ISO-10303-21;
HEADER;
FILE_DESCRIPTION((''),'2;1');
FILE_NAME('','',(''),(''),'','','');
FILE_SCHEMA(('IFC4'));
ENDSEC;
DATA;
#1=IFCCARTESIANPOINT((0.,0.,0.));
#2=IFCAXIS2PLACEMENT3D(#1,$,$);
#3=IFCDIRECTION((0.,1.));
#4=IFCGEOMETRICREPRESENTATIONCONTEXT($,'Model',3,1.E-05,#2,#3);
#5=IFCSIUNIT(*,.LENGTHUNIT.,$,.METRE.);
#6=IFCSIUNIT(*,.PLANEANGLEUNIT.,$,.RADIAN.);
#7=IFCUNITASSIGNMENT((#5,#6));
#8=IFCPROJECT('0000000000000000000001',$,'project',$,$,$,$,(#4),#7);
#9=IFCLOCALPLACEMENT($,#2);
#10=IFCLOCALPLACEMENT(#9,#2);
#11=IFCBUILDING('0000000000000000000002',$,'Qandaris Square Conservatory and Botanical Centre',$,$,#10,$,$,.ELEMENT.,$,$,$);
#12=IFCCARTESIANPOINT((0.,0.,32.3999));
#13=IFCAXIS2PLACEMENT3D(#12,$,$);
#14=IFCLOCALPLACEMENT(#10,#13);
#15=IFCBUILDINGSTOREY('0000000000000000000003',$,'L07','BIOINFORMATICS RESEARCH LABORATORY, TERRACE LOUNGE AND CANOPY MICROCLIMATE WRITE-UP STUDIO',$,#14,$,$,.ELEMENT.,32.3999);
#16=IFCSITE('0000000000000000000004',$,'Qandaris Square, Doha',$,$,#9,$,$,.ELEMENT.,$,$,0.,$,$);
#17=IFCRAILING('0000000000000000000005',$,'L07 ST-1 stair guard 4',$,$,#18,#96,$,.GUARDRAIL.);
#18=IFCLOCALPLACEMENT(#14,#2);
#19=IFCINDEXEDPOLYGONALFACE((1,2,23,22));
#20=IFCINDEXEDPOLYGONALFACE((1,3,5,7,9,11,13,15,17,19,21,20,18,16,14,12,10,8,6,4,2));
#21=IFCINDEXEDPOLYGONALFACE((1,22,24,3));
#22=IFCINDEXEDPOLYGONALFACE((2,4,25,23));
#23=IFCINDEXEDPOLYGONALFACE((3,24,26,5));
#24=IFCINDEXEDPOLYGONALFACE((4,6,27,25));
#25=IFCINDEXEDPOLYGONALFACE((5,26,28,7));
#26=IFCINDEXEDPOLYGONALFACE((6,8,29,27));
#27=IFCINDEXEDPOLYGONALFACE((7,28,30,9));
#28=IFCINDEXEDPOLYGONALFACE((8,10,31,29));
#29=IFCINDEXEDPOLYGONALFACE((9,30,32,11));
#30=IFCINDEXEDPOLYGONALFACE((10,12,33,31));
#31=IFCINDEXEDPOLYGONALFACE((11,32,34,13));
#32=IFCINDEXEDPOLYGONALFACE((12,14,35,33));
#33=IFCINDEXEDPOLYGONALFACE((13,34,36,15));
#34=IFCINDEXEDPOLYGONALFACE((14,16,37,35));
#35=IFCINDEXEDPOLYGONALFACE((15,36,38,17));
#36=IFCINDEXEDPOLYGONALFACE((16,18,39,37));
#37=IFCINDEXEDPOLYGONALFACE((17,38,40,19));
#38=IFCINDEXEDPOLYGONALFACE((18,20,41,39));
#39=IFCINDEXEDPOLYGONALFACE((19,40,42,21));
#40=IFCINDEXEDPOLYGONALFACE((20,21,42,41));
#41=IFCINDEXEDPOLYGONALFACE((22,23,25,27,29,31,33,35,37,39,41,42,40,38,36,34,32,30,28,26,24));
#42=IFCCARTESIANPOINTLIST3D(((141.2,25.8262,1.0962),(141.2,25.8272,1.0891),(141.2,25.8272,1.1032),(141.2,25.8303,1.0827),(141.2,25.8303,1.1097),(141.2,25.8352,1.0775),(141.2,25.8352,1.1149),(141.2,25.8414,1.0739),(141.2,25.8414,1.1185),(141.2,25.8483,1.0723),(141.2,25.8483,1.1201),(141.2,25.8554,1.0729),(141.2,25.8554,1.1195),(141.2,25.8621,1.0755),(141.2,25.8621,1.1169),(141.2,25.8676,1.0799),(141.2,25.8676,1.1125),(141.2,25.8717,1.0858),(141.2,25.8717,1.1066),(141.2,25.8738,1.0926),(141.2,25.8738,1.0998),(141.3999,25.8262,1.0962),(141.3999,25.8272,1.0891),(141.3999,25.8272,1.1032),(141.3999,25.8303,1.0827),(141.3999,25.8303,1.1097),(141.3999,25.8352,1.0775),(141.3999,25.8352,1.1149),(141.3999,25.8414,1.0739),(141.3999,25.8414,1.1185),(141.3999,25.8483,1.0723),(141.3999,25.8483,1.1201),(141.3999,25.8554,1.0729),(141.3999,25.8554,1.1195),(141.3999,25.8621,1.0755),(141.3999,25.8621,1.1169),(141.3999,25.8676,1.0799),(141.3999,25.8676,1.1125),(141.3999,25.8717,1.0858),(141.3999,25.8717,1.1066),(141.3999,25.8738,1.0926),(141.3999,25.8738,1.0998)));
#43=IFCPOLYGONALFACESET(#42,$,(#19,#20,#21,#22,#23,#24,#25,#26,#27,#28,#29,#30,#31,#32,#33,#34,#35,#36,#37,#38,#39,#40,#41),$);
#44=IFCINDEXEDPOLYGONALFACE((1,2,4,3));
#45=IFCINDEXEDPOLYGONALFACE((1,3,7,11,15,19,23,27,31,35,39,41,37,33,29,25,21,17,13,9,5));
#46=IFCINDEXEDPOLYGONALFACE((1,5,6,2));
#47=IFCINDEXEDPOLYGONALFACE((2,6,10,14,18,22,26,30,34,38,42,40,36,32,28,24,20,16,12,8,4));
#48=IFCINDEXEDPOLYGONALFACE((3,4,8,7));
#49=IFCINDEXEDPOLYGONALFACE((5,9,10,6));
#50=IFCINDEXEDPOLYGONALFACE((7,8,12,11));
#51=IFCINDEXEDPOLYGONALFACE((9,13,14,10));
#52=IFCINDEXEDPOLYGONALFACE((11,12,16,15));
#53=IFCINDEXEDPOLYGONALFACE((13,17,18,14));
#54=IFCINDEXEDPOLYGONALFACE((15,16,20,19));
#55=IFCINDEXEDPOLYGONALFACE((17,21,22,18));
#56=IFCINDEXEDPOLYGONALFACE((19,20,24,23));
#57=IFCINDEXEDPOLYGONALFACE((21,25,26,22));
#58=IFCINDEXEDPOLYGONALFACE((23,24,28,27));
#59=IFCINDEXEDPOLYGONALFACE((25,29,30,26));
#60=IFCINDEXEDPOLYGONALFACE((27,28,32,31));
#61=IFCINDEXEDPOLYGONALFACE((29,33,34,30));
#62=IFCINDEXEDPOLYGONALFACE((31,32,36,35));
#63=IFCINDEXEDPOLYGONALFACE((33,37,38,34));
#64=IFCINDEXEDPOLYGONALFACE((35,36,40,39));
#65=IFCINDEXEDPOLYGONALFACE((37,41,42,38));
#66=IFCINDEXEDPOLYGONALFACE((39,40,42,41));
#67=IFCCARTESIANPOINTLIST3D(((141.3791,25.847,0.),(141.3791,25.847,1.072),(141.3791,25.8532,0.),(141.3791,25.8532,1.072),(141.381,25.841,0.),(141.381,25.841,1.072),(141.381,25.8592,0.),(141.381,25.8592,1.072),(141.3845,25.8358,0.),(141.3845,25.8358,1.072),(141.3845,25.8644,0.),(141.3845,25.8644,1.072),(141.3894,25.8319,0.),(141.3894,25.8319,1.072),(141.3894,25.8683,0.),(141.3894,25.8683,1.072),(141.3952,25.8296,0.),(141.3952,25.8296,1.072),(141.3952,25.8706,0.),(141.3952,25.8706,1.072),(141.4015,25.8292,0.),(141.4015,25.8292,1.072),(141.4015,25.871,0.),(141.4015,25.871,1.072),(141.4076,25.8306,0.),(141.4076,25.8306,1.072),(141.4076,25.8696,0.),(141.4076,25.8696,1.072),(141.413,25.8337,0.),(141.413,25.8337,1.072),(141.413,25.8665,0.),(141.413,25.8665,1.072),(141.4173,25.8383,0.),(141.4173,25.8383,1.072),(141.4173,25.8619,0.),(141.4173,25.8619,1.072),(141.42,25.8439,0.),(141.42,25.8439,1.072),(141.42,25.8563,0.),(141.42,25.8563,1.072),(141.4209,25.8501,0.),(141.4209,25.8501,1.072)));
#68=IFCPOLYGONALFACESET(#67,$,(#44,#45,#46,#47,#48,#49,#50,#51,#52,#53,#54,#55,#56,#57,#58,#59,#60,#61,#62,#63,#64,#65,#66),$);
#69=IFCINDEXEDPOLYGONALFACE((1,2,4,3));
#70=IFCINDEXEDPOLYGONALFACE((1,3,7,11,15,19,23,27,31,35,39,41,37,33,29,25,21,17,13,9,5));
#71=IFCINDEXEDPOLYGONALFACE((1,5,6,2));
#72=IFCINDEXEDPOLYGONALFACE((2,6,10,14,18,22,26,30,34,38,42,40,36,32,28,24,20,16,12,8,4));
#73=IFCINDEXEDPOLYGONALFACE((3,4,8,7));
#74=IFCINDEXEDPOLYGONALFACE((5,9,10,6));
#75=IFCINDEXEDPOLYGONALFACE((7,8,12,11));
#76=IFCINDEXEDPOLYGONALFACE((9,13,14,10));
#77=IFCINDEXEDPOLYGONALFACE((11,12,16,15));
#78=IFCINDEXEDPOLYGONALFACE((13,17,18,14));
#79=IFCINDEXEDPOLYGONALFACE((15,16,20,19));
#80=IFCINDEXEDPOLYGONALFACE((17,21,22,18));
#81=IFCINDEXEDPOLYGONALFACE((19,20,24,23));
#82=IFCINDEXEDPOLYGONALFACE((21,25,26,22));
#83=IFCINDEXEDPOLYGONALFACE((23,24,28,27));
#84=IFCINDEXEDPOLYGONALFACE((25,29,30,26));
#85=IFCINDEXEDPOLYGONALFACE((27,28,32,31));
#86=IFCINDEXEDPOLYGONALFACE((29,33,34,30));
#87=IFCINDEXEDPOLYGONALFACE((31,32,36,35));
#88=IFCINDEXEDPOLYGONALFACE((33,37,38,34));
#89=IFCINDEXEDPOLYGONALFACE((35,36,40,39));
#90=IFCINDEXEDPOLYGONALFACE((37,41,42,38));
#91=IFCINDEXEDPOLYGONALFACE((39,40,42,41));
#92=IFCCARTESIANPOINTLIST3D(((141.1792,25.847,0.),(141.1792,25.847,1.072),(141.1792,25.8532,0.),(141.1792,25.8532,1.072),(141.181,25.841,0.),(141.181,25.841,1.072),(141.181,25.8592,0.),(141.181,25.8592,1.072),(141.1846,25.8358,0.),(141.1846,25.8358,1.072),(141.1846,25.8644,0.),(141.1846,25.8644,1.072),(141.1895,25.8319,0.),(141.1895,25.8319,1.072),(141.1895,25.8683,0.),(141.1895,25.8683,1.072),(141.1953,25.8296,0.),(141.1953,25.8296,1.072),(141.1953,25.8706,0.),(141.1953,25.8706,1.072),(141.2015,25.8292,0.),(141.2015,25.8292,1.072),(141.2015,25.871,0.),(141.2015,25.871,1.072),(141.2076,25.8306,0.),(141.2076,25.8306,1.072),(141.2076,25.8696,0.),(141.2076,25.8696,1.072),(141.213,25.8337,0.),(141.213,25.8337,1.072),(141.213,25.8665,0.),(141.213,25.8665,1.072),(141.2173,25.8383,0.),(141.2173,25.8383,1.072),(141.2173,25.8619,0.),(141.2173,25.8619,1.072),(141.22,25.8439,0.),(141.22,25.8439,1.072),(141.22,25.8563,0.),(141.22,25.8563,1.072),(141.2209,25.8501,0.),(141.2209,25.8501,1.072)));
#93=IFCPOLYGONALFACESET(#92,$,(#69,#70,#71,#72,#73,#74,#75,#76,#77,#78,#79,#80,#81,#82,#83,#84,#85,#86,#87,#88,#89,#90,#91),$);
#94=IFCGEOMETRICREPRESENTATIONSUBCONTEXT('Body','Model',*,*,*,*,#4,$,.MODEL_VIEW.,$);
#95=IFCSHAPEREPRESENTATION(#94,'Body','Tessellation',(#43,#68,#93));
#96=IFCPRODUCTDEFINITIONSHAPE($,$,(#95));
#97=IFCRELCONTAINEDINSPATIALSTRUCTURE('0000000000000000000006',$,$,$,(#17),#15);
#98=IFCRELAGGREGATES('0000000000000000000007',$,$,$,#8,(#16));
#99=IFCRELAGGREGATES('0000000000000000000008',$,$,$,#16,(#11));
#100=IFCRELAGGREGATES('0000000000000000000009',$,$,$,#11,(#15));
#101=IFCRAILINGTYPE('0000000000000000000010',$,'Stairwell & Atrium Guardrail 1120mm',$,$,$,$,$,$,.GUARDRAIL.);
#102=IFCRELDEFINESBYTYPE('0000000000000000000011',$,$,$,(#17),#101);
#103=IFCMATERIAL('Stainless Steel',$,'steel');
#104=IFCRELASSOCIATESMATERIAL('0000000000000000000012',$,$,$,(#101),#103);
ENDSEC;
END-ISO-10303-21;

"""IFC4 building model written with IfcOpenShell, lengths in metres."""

from ifc_helpers import new_model, si_unit, direction, frame, origin, origin_2d, place, context, subcontext, project, spatial, circle, extrude, material, type_object, element, save


model = new_model("IFC4")

# Units and contexts
model_context = context("Model", 3, precision=1e-05, world=origin(), true_north=direction((0.0, 1.0)))
body_context = subcontext(model_context, "Body", "Model", "MODEL_VIEW")
ifc_project = project(units=[si_unit("LENGTHUNIT", "METRE"), si_unit("PLANEANGLEUNIT", "RADIAN")], contexts=[model_context])

# Site, building, storey
site_placement = place(None, origin())
site = spatial("IfcSite", under=ifc_project, at=site_placement, Name="Qandaris Square, Doha", CompositionType="ELEMENT", RefElevation=0.0)
building_placement = place(site_placement, origin())
building = spatial("IfcBuilding", under=site, at=building_placement, Name="Qandaris Square Conservatory and Botanical Centre", CompositionType="ELEMENT")
storey_placement = place(building_placement, frame((0.0, 0.0, 32.3999)))
storey = spatial("IfcBuildingStorey", under=building, at=storey_placement, Name="L07", Description="BIOINFORMATICS RESEARCH LABORATORY, TERRACE LOUNGE AND CANOPY MICROCLIMATE WRITE-UP STUDIO", CompositionType="ELEMENT", Elevation=32.3999)

# Railing
ifc_material_1 = material(Name="Stainless Steel", Category="steel")
railing_type_1 = type_object("IfcRailingType", Name="Stairwell & Atrium Guardrail 1120mm", PredefinedType="GUARDRAIL", material=ifc_material_1)
railing_1_placement = place(storey_placement, frame((141.3999, 25.8501, 0.0)))
element("IfcRailing", 1, at=railing_1_placement, inside=storey, type_object=railing_type_1, Name="L07 ST-1 stair guard 4", PredefinedType="GUARDRAIL", context=body_context, shape_type="SweptSolid", body=[
    extrude(circle(Radius=0.0239, at=origin_2d()), frame((0.0, 0.0, 1.0962), z_axis=(-1.0, 0.0, 0.0), x_axis=(0.0, -1.0, 0.0)), (0.0, 0.0, 1.0), 0.2),
    extrude(circle(Radius=0.021, at=origin_2d()), origin(), (0.0, 0.0, 1.0), 1.072),
    extrude(circle(Radius=0.021, at=origin_2d()), frame((-0.2, 0.0, 0.0)), (0.0, 0.0, 1.0), 1.072),
])

save(model, "model.ifc")
